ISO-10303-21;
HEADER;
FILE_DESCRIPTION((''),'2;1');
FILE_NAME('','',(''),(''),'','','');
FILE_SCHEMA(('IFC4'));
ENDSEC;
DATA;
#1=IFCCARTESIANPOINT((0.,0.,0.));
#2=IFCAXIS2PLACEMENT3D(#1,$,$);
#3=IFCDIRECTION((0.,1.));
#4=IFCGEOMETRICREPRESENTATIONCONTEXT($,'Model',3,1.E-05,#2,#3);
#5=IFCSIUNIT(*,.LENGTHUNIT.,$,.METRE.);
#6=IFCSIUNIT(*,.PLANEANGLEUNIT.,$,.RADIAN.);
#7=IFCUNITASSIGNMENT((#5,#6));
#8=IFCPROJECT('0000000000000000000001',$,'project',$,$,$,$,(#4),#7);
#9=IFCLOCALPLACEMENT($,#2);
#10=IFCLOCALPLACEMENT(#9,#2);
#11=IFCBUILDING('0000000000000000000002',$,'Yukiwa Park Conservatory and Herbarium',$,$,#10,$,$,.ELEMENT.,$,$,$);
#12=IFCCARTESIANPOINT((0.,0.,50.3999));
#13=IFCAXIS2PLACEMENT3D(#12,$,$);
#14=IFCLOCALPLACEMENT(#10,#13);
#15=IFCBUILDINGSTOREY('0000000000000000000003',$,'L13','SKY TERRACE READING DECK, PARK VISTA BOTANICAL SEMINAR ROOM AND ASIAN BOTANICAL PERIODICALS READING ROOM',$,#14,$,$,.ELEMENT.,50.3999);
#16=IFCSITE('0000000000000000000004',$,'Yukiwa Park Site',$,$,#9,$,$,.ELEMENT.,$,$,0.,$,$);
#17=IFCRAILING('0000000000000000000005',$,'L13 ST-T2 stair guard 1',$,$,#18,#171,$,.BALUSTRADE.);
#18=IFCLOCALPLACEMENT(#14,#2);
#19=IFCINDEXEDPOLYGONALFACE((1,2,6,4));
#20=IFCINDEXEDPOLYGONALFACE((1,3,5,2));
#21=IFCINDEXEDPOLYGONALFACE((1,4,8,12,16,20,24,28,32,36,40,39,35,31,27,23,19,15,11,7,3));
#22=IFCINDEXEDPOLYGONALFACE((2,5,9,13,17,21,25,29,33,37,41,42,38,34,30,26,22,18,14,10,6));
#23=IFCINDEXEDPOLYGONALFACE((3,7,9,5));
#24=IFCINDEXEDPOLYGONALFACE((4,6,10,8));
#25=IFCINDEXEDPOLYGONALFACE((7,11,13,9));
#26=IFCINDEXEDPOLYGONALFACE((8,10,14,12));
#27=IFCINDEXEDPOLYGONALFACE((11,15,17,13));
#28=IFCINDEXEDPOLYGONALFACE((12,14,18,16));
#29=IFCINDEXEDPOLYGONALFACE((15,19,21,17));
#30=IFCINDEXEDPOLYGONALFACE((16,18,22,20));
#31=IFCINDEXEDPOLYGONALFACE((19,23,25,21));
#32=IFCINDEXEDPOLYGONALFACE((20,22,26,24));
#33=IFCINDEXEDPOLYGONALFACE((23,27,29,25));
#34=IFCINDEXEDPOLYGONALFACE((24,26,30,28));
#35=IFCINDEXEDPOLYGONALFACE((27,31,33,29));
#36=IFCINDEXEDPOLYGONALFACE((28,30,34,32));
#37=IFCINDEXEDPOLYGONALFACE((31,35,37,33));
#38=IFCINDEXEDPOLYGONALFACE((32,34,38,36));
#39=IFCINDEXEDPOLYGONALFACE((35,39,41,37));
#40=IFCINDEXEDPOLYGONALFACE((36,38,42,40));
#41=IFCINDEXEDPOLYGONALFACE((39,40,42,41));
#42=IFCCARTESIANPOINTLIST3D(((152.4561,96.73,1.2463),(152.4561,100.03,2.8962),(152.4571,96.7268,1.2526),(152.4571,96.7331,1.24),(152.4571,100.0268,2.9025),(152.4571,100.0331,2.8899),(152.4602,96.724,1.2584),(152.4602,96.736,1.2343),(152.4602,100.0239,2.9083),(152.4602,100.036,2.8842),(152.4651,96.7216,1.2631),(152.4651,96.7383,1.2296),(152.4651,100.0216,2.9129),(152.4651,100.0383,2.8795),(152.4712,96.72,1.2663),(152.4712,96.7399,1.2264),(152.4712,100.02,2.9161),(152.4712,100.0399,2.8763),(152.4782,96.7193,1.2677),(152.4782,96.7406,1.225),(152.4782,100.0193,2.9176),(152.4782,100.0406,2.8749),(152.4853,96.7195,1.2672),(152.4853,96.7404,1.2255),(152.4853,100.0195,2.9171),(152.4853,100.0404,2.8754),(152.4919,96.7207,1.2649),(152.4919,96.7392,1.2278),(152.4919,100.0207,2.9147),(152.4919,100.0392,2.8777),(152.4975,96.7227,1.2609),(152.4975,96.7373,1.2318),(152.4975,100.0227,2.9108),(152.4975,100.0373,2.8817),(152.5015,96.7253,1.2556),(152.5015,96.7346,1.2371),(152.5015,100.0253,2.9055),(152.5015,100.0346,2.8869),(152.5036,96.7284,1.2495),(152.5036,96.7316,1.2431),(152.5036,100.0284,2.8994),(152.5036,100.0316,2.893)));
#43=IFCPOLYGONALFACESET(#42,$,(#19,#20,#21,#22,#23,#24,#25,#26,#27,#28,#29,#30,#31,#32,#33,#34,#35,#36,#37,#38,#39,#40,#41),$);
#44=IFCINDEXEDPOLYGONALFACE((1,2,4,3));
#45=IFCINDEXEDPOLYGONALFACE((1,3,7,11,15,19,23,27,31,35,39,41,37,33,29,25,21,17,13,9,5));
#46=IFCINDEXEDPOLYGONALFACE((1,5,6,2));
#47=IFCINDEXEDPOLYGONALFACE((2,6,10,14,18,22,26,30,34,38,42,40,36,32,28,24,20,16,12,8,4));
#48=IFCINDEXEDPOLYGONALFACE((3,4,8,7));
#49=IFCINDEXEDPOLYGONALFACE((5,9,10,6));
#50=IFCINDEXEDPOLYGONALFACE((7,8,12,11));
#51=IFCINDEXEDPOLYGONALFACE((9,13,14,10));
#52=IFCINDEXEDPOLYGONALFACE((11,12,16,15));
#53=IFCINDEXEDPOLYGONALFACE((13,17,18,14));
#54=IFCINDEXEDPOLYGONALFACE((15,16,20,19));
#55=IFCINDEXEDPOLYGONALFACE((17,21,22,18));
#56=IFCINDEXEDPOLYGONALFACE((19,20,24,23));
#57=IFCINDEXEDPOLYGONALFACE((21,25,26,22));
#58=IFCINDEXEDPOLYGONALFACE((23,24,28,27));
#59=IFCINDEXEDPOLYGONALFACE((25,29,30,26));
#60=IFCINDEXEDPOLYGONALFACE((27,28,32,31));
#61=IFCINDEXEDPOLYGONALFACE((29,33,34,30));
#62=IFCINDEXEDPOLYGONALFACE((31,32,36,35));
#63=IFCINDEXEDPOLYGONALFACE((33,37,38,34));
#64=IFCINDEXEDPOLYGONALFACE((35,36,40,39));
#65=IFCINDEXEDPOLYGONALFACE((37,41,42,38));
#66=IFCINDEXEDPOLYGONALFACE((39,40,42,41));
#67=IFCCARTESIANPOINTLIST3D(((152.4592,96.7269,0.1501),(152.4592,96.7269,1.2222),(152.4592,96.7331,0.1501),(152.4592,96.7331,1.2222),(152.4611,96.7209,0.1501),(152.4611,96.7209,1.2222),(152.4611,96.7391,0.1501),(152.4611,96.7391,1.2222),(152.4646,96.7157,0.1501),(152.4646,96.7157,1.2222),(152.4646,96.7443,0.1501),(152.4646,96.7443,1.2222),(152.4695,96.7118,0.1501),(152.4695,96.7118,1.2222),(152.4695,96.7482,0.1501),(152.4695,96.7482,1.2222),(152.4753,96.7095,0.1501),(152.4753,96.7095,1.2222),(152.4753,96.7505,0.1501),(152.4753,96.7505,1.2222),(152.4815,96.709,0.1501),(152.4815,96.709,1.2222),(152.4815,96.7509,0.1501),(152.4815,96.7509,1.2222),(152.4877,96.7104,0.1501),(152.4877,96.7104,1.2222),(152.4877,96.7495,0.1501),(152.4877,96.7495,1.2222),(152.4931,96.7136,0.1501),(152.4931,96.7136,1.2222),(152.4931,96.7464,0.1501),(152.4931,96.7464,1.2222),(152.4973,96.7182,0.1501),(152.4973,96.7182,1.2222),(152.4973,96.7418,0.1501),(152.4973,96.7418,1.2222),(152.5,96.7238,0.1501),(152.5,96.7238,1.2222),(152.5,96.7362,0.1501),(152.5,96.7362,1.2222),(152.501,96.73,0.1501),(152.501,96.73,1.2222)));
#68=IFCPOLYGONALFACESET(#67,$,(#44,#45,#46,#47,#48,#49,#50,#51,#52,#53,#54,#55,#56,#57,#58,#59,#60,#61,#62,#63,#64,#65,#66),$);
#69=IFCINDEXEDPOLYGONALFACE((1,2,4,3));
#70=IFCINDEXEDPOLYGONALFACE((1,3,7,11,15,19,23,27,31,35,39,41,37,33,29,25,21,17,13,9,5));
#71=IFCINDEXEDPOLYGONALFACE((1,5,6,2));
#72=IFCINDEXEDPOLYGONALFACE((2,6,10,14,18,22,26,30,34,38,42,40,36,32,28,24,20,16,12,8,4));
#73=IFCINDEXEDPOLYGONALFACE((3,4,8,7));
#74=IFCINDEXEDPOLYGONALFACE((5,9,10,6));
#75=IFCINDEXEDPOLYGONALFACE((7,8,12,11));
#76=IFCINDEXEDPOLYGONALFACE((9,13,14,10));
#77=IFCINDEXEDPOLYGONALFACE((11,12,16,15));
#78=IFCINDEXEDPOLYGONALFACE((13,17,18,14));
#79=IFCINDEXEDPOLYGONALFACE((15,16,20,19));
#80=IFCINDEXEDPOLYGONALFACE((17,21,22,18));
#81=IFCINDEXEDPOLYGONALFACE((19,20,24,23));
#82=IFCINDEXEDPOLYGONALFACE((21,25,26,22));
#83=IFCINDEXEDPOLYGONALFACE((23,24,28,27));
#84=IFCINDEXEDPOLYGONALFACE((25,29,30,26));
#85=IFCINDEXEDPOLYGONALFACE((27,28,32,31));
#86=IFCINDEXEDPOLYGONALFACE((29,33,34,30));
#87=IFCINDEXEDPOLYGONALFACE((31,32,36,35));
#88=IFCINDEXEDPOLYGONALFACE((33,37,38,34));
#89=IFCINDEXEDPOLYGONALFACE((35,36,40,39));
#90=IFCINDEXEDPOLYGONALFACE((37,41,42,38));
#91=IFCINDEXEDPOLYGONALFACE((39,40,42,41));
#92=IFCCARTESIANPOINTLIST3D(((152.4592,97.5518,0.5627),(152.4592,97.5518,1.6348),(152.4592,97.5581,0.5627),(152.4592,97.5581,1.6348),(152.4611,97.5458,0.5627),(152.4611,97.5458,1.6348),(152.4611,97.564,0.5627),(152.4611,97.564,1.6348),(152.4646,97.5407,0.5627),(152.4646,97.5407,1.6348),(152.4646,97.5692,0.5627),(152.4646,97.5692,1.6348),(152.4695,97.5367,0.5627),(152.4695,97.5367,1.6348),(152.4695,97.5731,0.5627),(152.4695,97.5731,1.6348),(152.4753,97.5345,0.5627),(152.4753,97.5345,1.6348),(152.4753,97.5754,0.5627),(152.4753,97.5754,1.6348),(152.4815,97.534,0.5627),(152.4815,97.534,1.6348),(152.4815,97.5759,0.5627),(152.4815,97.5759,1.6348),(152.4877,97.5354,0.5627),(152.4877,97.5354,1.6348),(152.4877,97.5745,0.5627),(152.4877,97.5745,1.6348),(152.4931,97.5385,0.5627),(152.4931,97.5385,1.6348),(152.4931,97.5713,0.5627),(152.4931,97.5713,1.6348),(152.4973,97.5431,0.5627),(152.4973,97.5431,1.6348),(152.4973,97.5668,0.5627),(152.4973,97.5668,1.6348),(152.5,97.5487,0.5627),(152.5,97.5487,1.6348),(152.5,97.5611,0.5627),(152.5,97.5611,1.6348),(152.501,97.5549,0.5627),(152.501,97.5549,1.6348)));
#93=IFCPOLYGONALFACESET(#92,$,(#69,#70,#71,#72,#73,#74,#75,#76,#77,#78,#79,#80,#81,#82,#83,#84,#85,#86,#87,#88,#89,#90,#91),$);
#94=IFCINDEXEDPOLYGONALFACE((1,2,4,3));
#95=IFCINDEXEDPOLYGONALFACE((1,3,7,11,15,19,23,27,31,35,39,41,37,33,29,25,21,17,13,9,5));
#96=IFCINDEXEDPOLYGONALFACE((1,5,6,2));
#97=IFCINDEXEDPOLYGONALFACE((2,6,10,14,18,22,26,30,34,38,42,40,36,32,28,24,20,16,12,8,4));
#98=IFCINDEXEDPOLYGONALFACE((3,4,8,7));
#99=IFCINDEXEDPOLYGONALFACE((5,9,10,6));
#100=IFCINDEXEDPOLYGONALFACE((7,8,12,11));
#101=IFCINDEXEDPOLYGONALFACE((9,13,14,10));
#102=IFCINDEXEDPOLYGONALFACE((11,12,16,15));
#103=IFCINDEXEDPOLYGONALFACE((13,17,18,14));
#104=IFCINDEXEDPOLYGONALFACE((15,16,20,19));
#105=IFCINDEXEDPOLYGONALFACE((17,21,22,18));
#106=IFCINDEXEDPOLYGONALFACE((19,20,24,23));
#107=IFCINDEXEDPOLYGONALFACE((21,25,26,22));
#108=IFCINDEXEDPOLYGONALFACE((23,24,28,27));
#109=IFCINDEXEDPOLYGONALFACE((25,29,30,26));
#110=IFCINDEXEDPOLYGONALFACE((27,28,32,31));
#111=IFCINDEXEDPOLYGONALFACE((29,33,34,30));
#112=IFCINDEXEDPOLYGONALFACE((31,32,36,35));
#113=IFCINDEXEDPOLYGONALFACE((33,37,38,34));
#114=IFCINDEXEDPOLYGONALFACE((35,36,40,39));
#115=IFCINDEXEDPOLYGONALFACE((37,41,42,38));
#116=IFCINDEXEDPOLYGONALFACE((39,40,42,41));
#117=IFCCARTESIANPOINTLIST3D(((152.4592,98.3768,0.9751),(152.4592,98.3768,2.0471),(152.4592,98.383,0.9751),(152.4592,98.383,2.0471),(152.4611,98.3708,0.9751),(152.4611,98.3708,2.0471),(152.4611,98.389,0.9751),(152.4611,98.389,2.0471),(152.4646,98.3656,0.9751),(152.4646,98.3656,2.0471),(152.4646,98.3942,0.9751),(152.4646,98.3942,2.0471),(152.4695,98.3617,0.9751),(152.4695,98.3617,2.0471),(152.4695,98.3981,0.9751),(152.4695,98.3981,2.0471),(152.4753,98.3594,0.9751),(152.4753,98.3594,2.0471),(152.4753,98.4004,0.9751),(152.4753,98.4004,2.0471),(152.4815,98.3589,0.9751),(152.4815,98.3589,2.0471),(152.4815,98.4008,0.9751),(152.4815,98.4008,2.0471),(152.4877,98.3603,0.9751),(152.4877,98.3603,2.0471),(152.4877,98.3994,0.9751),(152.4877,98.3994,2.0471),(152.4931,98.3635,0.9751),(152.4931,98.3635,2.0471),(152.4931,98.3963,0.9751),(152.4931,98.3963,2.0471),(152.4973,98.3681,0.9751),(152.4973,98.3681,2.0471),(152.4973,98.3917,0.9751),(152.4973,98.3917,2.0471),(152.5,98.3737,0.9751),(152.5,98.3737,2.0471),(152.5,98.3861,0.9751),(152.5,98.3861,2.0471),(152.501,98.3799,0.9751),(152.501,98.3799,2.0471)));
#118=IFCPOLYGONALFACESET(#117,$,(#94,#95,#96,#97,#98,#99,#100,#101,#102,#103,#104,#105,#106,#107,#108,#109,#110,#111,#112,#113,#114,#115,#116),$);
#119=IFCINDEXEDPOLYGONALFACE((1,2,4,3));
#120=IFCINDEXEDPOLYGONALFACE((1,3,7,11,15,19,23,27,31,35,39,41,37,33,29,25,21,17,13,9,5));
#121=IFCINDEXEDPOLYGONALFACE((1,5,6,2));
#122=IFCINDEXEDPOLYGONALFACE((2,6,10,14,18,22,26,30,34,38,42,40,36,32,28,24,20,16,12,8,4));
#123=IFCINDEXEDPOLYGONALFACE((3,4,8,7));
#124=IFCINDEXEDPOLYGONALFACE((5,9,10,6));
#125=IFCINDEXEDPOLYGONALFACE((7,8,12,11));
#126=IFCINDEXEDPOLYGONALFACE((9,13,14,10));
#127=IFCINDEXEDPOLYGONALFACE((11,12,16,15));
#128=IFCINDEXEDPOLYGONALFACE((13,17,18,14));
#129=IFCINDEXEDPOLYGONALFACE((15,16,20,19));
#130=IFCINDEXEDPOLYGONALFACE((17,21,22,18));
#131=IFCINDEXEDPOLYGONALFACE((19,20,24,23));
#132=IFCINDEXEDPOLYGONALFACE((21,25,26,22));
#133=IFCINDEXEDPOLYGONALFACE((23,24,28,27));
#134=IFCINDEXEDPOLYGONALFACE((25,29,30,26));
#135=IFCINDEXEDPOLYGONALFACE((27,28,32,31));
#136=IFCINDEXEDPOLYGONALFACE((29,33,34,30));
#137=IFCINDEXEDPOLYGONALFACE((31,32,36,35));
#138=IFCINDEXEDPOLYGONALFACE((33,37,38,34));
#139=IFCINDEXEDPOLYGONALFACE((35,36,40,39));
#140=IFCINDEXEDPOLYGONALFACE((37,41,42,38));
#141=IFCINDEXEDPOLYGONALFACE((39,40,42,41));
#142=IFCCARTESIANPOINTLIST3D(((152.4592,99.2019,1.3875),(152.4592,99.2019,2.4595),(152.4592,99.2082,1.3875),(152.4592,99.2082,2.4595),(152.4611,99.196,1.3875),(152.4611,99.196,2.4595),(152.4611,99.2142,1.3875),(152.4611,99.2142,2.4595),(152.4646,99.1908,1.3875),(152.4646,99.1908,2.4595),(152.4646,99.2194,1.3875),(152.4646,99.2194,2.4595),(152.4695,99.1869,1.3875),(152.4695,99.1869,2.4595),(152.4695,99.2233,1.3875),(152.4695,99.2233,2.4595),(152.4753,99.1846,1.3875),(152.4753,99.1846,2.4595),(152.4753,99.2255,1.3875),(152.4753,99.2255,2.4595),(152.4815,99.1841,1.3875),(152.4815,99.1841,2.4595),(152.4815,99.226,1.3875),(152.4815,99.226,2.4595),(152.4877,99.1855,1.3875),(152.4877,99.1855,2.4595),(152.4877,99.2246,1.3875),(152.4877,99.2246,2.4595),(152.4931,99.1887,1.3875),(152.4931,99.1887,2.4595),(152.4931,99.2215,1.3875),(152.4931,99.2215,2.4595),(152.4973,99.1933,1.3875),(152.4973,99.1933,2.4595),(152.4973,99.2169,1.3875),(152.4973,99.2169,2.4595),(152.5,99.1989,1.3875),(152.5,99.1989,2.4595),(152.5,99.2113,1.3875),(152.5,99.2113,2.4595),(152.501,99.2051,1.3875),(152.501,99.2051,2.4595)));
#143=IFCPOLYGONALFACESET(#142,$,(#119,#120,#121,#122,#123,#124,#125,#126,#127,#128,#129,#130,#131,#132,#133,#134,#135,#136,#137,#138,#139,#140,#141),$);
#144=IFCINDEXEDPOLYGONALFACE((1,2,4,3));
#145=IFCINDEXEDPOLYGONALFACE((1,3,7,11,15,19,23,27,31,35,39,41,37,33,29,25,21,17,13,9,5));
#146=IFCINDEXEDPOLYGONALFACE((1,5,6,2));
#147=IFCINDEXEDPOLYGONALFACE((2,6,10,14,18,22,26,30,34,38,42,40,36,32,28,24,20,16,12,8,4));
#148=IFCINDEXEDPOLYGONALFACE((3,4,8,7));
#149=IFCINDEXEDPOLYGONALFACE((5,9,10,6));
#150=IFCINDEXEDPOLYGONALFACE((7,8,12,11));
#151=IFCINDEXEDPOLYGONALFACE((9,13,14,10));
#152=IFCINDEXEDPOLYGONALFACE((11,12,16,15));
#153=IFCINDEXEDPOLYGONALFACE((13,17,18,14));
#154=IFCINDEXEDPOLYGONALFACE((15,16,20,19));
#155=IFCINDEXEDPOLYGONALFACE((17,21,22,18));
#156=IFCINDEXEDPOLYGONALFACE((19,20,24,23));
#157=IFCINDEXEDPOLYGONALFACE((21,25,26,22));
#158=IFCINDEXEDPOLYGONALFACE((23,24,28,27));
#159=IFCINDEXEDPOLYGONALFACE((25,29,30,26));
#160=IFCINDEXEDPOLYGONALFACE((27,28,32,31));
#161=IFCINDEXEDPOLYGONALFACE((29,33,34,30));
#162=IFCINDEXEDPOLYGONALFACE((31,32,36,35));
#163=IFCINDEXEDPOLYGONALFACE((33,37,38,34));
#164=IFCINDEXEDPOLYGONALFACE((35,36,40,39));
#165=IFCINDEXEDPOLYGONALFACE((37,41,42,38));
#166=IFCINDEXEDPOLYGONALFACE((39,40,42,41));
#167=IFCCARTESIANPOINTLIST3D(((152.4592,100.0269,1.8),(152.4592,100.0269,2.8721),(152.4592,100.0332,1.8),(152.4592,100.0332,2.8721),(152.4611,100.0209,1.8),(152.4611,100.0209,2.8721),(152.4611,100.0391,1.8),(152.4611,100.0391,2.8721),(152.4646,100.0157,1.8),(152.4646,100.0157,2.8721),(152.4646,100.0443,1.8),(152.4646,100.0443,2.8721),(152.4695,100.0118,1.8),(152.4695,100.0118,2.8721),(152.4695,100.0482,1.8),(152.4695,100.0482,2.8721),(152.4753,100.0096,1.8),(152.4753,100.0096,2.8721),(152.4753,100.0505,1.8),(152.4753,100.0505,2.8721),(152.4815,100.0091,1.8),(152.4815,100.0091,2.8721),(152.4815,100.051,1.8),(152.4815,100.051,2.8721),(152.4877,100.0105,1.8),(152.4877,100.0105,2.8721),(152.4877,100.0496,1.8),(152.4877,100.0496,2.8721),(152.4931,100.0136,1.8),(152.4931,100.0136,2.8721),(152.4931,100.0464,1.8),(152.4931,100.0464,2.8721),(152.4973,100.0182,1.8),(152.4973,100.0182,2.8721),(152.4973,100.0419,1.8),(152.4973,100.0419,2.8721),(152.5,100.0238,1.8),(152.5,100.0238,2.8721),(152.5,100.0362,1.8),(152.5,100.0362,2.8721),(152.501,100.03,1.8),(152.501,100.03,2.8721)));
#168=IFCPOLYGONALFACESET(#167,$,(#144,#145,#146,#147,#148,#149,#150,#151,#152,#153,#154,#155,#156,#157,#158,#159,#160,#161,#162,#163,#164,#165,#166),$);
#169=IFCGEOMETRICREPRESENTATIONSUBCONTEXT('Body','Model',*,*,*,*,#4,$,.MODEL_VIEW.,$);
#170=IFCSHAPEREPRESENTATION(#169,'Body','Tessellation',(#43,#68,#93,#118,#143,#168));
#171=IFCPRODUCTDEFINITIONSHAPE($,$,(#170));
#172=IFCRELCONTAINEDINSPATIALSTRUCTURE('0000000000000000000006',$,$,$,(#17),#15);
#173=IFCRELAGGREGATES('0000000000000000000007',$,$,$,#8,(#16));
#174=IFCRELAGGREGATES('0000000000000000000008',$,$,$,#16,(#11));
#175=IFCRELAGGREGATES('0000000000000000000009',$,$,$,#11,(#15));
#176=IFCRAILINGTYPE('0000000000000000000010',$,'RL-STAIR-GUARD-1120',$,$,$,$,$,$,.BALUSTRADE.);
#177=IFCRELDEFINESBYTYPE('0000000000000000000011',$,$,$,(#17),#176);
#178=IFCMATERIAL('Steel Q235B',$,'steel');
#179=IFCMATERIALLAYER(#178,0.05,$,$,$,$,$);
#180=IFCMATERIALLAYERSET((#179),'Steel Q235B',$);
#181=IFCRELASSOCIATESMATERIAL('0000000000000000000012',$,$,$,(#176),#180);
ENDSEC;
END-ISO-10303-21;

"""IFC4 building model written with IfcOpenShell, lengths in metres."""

from ifc_helpers import new_model, si_unit, direction, frame, origin, origin_2d, place, context, subcontext, project, spatial, circle, extrude, material, layer, layer_set, type_object, element, save


model = new_model("IFC4")

# Units and contexts
model_context = context("Model", 3, precision=1e-05, world=origin(), true_north=direction((0.0, 1.0)))
body_context = subcontext(model_context, "Body", "Model", "MODEL_VIEW")
ifc_project = project(units=[si_unit("LENGTHUNIT", "METRE"), si_unit("PLANEANGLEUNIT", "RADIAN")], contexts=[model_context])

# Site, building, storey
site_placement = place(None, origin())
site = spatial("IfcSite", under=ifc_project, at=site_placement, Name="Yukiwa Park Site", CompositionType="ELEMENT", RefElevation=0.0)
building_placement = place(site_placement, origin())
building = spatial("IfcBuilding", under=site, at=building_placement, Name="Yukiwa Park Conservatory and Herbarium", CompositionType="ELEMENT")
storey_placement = place(building_placement, frame((0.0, 0.0, 50.3999)))
storey = spatial("IfcBuildingStorey", under=building, at=storey_placement, Name="L13", Description="SKY TERRACE READING DECK, PARK VISTA BOTANICAL SEMINAR ROOM AND ASIAN BOTANICAL PERIODICALS READING ROOM", CompositionType="ELEMENT", Elevation=50.3999)

# Railing
ifc_material_1 = material(Name="Steel Q235B", Category="steel")
ifc_layer_1 = layer(ifc_material_1, 0.05)
ifc_layer_set_1 = layer_set([ifc_layer_1], Name="Steel Q235B")
railing_type_1 = type_object("IfcRailingType", Name="RL-STAIR-GUARD-1120", PredefinedType="BALUSTRADE", material=ifc_layer_set_1)
railing_1_placement = place(storey_placement, frame((152.48, 96.73, 0.1501)))
element("IfcRailing", 1, at=railing_1_placement, inside=storey, type_object=railing_type_1, Name="L13 ST-T2 stair guard 1", PredefinedType="BALUSTRADE", context=body_context, shape_type="SweptSolid", body=[
    extrude(circle(Radius=0.0239, at=origin_2d()), frame((0.0, 0.0, 1.0962), z_axis=(0.0, 0.89444, 0.447187), x_axis=(-1.0, 0.0, 0.0)), (0.0, 0.0, 1.0), 3.6895),
    extrude(circle(Radius=0.021, at=origin_2d()), origin(), (0.0, 0.0, 1.0), 1.072),
    extrude(circle(Radius=0.021, at=origin_2d()), frame((0.0, 0.825, 0.4126)), (0.0, 0.0, 1.0), 1.072),
    extrude(circle(Radius=0.021, at=origin_2d()), frame((0.0, 1.6499, 0.825)), (0.0, 0.0, 1.0), 1.072),
    extrude(circle(Radius=0.021, at=origin_2d()), frame((0.0, 2.4751, 1.2373)), (0.0, 0.0, 1.0), 1.072),
    extrude(circle(Radius=0.021, at=origin_2d()), frame((0.0, 3.3, 1.6499)), (0.0, 0.0, 1.0), 1.072),
])

save(model, "model.ifc")
